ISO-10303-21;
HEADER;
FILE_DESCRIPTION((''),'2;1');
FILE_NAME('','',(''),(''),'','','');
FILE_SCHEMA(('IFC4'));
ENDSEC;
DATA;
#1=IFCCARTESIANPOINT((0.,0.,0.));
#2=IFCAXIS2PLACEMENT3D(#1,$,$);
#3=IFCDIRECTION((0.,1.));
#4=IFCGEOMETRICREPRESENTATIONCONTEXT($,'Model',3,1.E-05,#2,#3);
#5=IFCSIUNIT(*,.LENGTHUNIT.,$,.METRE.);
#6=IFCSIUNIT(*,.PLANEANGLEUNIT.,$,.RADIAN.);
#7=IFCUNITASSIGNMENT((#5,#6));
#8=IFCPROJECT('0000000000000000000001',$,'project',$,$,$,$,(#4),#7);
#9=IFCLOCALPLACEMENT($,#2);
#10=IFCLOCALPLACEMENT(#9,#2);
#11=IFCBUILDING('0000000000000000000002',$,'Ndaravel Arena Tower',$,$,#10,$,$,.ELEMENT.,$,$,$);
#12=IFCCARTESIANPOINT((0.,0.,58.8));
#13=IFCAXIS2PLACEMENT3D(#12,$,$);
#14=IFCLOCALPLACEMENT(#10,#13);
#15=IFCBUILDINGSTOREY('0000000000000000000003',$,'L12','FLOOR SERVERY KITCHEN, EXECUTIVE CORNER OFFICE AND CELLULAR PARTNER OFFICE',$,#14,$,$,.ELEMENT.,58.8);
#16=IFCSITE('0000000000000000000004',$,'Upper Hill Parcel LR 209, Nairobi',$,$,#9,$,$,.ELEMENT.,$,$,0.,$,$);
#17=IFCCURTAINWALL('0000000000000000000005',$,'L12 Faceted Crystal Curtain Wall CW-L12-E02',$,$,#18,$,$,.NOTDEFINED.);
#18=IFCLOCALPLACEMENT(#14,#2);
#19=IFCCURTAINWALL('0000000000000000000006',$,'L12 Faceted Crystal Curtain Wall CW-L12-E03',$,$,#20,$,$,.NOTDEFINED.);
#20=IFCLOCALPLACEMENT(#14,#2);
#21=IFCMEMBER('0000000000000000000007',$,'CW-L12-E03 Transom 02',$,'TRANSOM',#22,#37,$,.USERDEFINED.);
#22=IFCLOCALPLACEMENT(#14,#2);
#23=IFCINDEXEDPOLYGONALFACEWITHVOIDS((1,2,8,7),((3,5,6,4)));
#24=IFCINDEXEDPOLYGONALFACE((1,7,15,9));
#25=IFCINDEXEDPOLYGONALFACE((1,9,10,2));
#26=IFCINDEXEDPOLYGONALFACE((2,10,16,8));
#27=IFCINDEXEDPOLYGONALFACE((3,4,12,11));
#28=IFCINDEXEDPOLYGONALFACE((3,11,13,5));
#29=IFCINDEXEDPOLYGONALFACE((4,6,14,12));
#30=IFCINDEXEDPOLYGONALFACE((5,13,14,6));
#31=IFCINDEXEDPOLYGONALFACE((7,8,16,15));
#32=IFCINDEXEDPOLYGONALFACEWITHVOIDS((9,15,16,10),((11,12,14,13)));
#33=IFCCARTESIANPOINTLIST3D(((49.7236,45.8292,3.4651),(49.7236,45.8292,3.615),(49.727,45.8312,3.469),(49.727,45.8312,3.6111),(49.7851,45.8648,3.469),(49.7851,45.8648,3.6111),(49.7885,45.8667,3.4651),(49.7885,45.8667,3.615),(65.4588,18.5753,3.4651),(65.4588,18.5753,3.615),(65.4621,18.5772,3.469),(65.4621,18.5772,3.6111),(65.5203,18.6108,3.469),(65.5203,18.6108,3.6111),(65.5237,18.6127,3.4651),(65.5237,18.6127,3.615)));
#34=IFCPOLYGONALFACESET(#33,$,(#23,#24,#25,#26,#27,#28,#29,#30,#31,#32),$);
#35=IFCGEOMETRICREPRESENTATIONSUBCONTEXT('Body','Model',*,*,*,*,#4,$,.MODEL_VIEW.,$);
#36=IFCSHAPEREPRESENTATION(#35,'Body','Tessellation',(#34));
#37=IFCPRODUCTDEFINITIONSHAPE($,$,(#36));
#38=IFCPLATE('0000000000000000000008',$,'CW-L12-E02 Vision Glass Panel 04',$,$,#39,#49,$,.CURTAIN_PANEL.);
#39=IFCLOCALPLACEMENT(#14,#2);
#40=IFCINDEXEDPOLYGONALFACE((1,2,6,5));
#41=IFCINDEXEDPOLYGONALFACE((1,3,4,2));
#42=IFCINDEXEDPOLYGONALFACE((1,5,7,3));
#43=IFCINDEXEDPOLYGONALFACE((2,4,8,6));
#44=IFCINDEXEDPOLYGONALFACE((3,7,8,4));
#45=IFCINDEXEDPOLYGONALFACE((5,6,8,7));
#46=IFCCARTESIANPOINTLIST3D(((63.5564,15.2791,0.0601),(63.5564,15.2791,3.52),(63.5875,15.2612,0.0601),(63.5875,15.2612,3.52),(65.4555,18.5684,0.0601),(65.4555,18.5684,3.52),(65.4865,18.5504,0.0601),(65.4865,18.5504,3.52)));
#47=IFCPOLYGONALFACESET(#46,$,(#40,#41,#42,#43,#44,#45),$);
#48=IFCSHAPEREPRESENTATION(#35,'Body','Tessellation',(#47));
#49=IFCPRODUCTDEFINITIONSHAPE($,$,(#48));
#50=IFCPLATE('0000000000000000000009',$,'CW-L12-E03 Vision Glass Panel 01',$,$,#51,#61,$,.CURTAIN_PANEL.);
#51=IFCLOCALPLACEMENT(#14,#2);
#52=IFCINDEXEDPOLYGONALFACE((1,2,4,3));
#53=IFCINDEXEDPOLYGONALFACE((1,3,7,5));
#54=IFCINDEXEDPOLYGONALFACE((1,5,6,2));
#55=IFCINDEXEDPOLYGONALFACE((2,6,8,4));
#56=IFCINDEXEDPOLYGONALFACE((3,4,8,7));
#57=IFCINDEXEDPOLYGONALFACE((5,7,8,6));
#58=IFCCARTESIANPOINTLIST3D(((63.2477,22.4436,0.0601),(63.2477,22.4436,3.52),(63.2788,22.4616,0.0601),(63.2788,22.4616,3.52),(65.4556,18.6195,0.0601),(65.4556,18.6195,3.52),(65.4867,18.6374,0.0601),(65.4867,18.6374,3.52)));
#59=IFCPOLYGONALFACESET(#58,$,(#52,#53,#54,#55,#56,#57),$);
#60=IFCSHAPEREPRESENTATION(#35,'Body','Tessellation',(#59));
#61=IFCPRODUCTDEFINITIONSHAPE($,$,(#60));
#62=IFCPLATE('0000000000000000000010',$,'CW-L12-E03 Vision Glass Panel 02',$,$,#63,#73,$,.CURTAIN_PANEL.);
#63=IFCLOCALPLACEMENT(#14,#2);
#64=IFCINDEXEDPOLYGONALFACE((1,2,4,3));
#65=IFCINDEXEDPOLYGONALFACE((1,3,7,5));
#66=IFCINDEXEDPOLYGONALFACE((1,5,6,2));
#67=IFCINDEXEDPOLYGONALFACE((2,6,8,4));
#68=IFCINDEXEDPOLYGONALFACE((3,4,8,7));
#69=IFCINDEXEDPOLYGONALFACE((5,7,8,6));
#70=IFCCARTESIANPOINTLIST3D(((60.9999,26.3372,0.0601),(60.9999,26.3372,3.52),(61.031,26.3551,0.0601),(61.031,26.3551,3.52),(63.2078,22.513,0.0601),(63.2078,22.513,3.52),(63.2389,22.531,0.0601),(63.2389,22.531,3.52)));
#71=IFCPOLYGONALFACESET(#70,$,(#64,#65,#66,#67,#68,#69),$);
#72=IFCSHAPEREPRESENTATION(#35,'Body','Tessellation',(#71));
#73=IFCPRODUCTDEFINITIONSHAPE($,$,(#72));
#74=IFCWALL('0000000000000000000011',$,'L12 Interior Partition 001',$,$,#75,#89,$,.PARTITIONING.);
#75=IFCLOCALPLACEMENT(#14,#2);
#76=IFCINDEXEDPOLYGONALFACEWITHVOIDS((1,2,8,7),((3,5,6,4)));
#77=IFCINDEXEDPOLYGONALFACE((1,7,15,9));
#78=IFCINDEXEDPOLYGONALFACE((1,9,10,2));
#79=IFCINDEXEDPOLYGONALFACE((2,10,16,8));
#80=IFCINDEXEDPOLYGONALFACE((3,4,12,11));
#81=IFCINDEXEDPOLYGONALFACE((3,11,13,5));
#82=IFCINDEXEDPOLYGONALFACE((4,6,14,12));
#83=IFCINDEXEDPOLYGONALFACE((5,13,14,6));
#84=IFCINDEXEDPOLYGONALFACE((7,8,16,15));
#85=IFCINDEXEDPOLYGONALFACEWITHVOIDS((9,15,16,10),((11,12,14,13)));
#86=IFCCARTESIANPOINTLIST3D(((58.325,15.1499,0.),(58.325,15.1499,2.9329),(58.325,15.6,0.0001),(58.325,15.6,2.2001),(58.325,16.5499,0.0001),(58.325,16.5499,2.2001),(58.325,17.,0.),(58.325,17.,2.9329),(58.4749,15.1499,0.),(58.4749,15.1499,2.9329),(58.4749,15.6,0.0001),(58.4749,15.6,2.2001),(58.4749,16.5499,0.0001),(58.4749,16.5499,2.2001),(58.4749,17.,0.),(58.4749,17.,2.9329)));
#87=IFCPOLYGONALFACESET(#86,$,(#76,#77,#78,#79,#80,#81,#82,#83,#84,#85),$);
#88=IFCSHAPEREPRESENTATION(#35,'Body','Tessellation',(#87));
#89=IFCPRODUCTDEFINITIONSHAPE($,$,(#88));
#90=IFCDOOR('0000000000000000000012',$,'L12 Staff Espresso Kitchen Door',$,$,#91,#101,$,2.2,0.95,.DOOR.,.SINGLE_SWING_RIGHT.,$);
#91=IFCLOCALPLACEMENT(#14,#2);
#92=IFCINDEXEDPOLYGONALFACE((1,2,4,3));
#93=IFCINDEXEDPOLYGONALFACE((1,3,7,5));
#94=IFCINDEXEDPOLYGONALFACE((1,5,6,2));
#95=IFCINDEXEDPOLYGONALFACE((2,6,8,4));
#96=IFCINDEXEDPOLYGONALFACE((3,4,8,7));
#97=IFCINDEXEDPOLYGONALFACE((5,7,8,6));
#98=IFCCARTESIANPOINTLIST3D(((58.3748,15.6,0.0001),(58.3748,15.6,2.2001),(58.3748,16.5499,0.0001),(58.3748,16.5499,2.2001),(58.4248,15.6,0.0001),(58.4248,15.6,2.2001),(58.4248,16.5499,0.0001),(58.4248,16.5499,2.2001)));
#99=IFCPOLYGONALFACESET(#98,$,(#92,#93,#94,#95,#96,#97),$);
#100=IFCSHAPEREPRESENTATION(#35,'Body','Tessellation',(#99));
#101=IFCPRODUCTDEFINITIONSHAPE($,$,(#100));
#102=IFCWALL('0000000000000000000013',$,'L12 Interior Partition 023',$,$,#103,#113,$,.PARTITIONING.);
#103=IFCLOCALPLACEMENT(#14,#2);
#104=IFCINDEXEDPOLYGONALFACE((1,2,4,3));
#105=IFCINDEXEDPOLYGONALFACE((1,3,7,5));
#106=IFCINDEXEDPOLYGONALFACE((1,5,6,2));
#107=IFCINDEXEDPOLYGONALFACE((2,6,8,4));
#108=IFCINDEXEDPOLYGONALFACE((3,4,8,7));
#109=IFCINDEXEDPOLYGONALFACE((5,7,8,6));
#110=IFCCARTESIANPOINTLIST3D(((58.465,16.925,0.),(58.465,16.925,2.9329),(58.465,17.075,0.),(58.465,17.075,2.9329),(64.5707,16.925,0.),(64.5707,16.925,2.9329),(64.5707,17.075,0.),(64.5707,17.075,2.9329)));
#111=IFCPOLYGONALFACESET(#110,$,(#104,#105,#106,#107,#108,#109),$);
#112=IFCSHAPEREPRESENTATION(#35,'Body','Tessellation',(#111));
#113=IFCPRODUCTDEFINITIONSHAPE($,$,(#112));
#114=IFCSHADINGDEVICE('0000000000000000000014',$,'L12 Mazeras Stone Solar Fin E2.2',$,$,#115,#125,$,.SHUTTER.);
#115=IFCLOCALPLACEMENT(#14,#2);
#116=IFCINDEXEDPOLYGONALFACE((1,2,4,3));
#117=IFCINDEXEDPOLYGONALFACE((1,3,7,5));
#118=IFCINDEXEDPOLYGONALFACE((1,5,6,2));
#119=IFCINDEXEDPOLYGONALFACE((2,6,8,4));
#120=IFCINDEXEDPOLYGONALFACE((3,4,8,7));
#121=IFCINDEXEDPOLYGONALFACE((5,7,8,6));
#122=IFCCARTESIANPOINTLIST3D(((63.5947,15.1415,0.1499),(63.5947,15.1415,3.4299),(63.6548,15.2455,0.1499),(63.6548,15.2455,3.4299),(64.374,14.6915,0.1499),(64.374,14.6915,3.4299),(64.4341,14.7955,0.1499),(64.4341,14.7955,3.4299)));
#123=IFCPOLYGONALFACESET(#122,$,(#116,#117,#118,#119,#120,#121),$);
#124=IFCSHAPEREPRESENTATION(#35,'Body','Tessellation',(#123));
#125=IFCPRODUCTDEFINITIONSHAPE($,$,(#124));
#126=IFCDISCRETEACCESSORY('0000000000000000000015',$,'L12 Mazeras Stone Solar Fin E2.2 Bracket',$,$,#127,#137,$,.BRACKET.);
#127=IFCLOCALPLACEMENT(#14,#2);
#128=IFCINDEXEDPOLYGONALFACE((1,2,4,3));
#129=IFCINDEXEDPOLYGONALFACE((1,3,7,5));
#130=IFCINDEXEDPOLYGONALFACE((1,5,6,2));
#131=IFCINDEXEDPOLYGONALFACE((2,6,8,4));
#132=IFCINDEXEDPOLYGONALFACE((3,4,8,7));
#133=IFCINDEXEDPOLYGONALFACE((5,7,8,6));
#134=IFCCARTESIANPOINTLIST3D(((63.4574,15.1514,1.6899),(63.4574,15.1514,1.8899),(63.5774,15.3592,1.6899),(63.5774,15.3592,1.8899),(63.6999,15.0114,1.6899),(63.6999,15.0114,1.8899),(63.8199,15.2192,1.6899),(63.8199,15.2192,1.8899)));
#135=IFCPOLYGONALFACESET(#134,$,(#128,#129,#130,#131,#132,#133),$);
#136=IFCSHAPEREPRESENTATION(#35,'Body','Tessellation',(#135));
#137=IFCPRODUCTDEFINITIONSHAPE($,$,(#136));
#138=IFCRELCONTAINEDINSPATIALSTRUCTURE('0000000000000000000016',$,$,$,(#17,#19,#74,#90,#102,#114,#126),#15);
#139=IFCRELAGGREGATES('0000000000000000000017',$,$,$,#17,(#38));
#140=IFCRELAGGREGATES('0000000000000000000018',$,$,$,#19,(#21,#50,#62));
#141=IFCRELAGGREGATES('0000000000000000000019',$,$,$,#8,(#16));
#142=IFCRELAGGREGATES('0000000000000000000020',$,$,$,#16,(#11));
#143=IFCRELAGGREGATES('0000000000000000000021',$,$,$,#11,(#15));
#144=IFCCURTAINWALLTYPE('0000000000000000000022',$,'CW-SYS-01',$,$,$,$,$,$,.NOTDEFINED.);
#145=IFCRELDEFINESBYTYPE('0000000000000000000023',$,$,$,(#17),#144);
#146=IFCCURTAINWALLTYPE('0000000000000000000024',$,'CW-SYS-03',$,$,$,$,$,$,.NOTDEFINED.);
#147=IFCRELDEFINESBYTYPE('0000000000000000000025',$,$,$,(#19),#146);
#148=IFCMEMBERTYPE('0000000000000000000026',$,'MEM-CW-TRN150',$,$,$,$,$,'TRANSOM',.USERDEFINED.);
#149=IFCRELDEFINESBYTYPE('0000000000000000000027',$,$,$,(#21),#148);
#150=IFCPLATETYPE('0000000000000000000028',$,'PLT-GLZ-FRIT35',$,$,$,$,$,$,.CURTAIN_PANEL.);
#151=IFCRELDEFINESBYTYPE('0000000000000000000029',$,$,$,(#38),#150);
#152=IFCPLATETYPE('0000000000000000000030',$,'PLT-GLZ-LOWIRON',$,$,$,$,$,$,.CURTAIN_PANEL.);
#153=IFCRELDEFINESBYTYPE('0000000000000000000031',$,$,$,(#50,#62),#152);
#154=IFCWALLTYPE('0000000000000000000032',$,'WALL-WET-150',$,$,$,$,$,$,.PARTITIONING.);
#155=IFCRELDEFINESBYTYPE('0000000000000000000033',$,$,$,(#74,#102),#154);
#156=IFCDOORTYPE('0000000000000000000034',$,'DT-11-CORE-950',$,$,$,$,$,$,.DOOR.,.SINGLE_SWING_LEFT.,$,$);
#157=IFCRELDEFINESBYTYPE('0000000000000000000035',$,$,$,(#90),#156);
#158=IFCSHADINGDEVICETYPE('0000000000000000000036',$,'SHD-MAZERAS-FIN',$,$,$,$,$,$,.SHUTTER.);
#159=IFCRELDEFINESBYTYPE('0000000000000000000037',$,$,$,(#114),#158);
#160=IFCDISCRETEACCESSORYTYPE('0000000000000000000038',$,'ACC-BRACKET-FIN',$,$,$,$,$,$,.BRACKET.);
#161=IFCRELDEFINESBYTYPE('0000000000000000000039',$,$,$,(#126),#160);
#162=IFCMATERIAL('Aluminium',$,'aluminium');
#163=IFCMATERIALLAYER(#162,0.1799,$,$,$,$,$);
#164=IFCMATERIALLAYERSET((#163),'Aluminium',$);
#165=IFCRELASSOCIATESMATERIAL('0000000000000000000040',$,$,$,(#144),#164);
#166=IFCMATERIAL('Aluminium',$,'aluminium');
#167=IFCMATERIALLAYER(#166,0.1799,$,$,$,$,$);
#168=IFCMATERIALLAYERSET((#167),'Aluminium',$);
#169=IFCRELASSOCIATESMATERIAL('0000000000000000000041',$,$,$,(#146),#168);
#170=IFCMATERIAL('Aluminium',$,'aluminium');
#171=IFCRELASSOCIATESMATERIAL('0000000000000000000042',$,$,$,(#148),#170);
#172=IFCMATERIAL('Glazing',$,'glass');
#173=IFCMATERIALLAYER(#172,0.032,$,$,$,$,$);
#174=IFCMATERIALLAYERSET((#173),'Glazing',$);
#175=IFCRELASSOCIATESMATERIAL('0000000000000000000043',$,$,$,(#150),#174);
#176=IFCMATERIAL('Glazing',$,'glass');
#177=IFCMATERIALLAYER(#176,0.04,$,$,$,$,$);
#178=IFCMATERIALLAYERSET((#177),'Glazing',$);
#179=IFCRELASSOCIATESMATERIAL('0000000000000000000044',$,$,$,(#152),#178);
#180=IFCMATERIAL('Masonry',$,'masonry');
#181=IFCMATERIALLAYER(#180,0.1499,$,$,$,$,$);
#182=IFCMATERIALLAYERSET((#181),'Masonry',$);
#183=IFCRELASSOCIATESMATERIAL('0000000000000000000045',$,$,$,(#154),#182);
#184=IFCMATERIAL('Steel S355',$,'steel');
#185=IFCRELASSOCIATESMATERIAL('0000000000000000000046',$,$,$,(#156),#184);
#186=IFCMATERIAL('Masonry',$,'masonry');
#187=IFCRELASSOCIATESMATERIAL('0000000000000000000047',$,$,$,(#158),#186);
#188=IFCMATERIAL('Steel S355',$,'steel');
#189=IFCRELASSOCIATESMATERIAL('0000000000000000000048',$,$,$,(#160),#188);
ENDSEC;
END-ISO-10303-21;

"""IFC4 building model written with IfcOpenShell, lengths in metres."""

from ifc_helpers import new_model, si_unit, direction, frame, frame_2d, origin, origin_2d, place, context, subcontext, project, spatial, rectangle, hollow_rectangle, extrude, material, layer, layer_set, material_profile, profile_set, type_object, element, fill, aggregate, save


model = new_model("IFC4")

# Units and contexts
model_context = context("Model", 3, precision=1e-05, world=origin(), true_north=direction((0.0, 1.0)))
body_context = subcontext(model_context, "Body", "Model", "MODEL_VIEW")
ifc_project = project(units=[si_unit("LENGTHUNIT", "METRE"), si_unit("PLANEANGLEUNIT", "RADIAN")], contexts=[model_context])

# Site, building, storey
site_placement = place(None, origin())
site = spatial("IfcSite", under=ifc_project, at=site_placement, Name="Upper Hill Parcel LR 209, Nairobi", CompositionType="ELEMENT", RefElevation=0.0)
building_placement = place(site_placement, origin())
building = spatial("IfcBuilding", under=site, at=building_placement, Name="Ndaravel Arena Tower", CompositionType="ELEMENT")
storey_placement = place(building_placement, frame((0.0, 0.0, 58.8)))
storey = spatial("IfcBuildingStorey", under=building, at=storey_placement, Name="L12", Description="FLOOR SERVERY KITCHEN, EXECUTIVE CORNER OFFICE AND CELLULAR PARTNER OFFICE", CompositionType="ELEMENT", Elevation=58.8)

# Curtain wall
ifc_material_1 = material(Name="Aluminium", Category="aluminium")
ifc_layer_1 = layer(ifc_material_1, 0.1799)
ifc_layer_set_1 = layer_set([ifc_layer_1], Name="Aluminium")
curtain_wall_type_1 = type_object("IfcCurtainWallType", Name="CW-SYS-01", PredefinedType="NOTDEFINED", material=ifc_layer_set_1)
curtain_wall_1_placement = place(storey_placement, origin())
curtain_wall_1 = element("IfcCurtainWall", 1, at=curtain_wall_1_placement, inside=storey, type_object=curtain_wall_type_1, Name="L12 Faceted Crystal Curtain Wall CW-L12-E02", PredefinedType="NOTDEFINED")

# Curtain wall, member
ifc_material_2 = material(Name="Aluminium", Category="aluminium")
ifc_layer_2 = layer(ifc_material_2, 0.1799)
ifc_layer_set_2 = layer_set([ifc_layer_2], Name="Aluminium")
curtain_wall_type_2 = type_object("IfcCurtainWallType", Name="CW-SYS-03", PredefinedType="NOTDEFINED", material=ifc_layer_set_2)
curtain_wall_2_placement = place(storey_placement, origin())
curtain_wall_2 = element("IfcCurtainWall", 2, at=curtain_wall_2_placement, inside=storey, type_object=curtain_wall_type_2, Name="L12 Faceted Crystal Curtain Wall CW-L12-E03", PredefinedType="NOTDEFINED")
ifc_material_3 = material(Name="Aluminium", Category="aluminium")
ifc_material_profile_1 = material_profile(ifc_material_3, hollow_rectangle(XDim=0.075, YDim=0.1499, WallThickness=0.0039, at=origin_2d()), Name="CW TRANSOM 75x150x4")
ifc_profile_set_1 = profile_set([ifc_material_profile_1], Name="Aluminium")
member_type_1 = type_object("IfcMemberType", Name="MEM-CW-TRN150", ElementType="TRANSOM", PredefinedType="USERDEFINED", material=ifc_profile_set_1)
member_1_placement = place(storey_placement, frame((65.4912, 18.594, 3.54), z_axis=(-0.500001, 0.866025, 0.0), x_axis=(-0.866025, -0.500001, 0.0)))
member_1 = element("IfcMember", 3, at=member_1_placement, type_object=member_type_1, Name="CW-L12-E03 Transom 02", ObjectType="TRANSOM", PredefinedType="USERDEFINED", context=body_context, shape_type="SweptSolid", body=[
    extrude(hollow_rectangle(XDim=0.075, YDim=0.1499, WallThickness=0.0039, at=origin_2d()), origin(), (0.0, 0.0, 1.0), 31.4702),
])

# Plates
ifc_material_4 = material(Name="Glazing", Category="glass")
ifc_layer_3 = layer(ifc_material_4, 0.032)
ifc_layer_set_3 = layer_set([ifc_layer_3], Name="Glazing")
plate_type_1 = type_object("IfcPlateType", Name="PLT-GLZ-FRIT35", PredefinedType="CURTAIN_PANEL", material=ifc_layer_set_3)
plate_1_placement = place(storey_placement, frame((64.5215, 16.9148, 0.0601), z_axis=(0.0, 0.0, 1.0), x_axis=(0.5, 0.866025, 0.0)))
plate_1 = element("IfcPlate", 4, at=plate_1_placement, type_object=plate_type_1, Name="CW-L12-E02 Vision Glass Panel 04", PredefinedType="CURTAIN_PANEL", context=body_context, shape_type="SweptSolid", body=[
    extrude(rectangle(XDim=3.7981, YDim=0.0359, at=origin_2d()), origin(), (0.0, 0.0, 1.0), 3.46),
])
aggregate(curtain_wall_1, [plate_1])
ifc_material_5 = material(Name="Glazing", Category="glass")
ifc_layer_4 = layer(ifc_material_5, 0.04)
ifc_layer_set_4 = layer_set([ifc_layer_4], Name="Glazing")
plate_type_2 = type_object("IfcPlateType", Name="PLT-GLZ-LOWIRON", PredefinedType="CURTAIN_PANEL", material=ifc_layer_set_4)
plate_2_placement = place(storey_placement, frame((64.3672, 20.5405, 0.0601), z_axis=(0.0, 0.0, 1.0), x_axis=(-0.5, 0.866025, 0.0)))
plate_2 = element("IfcPlate", 5, at=plate_2_placement, type_object=plate_type_2, Name="CW-L12-E03 Vision Glass Panel 01", PredefinedType="CURTAIN_PANEL", context=body_context, shape_type="SweptSolid", body=[
    extrude(rectangle(XDim=4.4158, YDim=0.0359, at=origin_2d()), origin(), (0.0, 0.0, 1.0), 3.46),
])
plate_3_placement = place(storey_placement, frame((62.1194, 24.4341, 0.0601), z_axis=(0.0, 0.0, 1.0), x_axis=(-0.5, 0.866025, 0.0)))
plate_3 = element("IfcPlate", 6, at=plate_3_placement, type_object=plate_type_2, Name="CW-L12-E03 Vision Glass Panel 02", PredefinedType="CURTAIN_PANEL", context=body_context, shape_type="SweptSolid", body=[
    extrude(rectangle(XDim=4.4158, YDim=0.0359, at=origin_2d()), origin(), (0.0, 0.0, 1.0), 3.46),
])
aggregate(curtain_wall_2, [member_1, plate_2, plate_3])

# Wall, opening, door
ifc_material_6 = material(Name="Masonry", Category="masonry")
ifc_layer_5 = layer(ifc_material_6, 0.1499)
ifc_layer_set_5 = layer_set([ifc_layer_5], Name="Masonry")
wall_type = type_object("IfcWallType", Name="WALL-WET-150", PredefinedType="PARTITIONING", material=ifc_layer_set_5)
wall_1_placement = place(storey_placement, frame((58.3999, 17.0, 0.0), z_axis=(0.0, 0.0, 1.0), x_axis=(0.0, -1.0, 0.0)))
wall_1 = element("IfcWall", 7, at=wall_1_placement, inside=storey, type_object=wall_type, Name="L12 Interior Partition 001", PredefinedType="PARTITIONING", context=body_context, shape_type="SweptSolid", body=[
    extrude(rectangle(XDim=1.8501, YDim=0.1499, at=frame_2d((0.925, 0.0))), origin(), (0.0, 0.0, 1.0), 2.9329),
])
opening_placement = place(wall_1_placement, frame((0.45, 0.0, 0.0)))
opening = element("IfcOpeningElement", 8, at=opening_placement, cuts=wall_1, PredefinedType="OPENING", context=body_context, shape_type="SweptSolid", body=[
    extrude(rectangle(XDim=0.95, YDim=2.2, at=frame_2d((0.4751, 1.1001))), frame((0.0, 0.075, 0.0), z_axis=(0.0, -1.0, 0.0), x_axis=(1.0, 0.0, 0.0)), (0.0, 0.0, 1.0), 0.1499),
])
ifc_material_7 = material(Name="Steel S355", Category="steel")
door_type = type_object("IfcDoorType", Name="DT-11-CORE-950", OperationType="SINGLE_SWING_LEFT", PredefinedType="DOOR", material=ifc_material_7)
door_placement = place(opening_placement, origin())
door = element("IfcDoor", 9, at=door_placement, inside=storey, type_object=door_type, Name="L12 Staff Espresso Kitchen Door", OperationType="SINGLE_SWING_RIGHT", OverallHeight=2.2, OverallWidth=0.95, PredefinedType="DOOR", context=body_context, shape_type="SweptSolid", body=[
    extrude(rectangle(XDim=0.95, YDim=2.2, at=frame_2d((0.4751, 1.1001))), frame((0.0, 0.0249, 0.0), z_axis=(0.0, -1.0, 0.0), x_axis=(1.0, 0.0, 0.0)), (0.0, 0.0, 1.0), 0.05),
])
fill(opening, door)

# Wall
wall_2_placement = place(storey_placement, frame((58.4651, 17.0, 0.0), z_axis=(0.0, 0.0, 1.0), x_axis=(1.0, 0.0, 0.0)))
element("IfcWall", 10, at=wall_2_placement, inside=storey, type_object=wall_type, Name="L12 Interior Partition 023", PredefinedType="PARTITIONING", context=body_context, shape_type="SweptSolid", body=[
    extrude(rectangle(XDim=6.1057, YDim=0.1499, at=frame_2d((3.0527, 0.0))), origin(), (0.0, 0.0, 1.0), 2.9329),
])

# Shading device
ifc_material_8 = material(Name="Masonry", Category="masonry")
shading_device_type = type_object("IfcShadingDeviceType", Name="SHD-MAZERAS-FIN", PredefinedType="SHUTTER", material=ifc_material_8)
shading_device_placement = place(storey_placement, frame((64.0144, 14.9685, 0.1499), z_axis=(0.0, 0.0, 1.0), x_axis=(0.866025, -0.5, 0.0)))
element("IfcShadingDevice", 11, at=shading_device_placement, inside=storey, type_object=shading_device_type, Name="L12 Mazeras Stone Solar Fin E2.2", PredefinedType="SHUTTER", context=body_context, shape_type="SweptSolid", body=[
    extrude(rectangle(XDim=0.8999, YDim=0.1201, at=origin_2d()), origin(), (0.0, 0.0, 1.0), 3.28),
])

# Discrete accessory
ifc_material_9 = material(Name="Steel S355", Category="steel")
discrete_accessory_type = type_object("IfcDiscreteAccessoryType", Name="ACC-BRACKET-FIN", PredefinedType="BRACKET", material=ifc_material_9)
discrete_accessory_placement = place(storey_placement, frame((63.6387, 15.1853, 1.6899), z_axis=(0.0, 0.0, 1.0), x_axis=(0.866025, -0.5, 0.0)))
element("IfcDiscreteAccessory", 12, at=discrete_accessory_placement, inside=storey, type_object=discrete_accessory_type, Name="L12 Mazeras Stone Solar Fin E2.2 Bracket", PredefinedType="BRACKET", context=body_context, shape_type="SweptSolid", body=[
    extrude(rectangle(XDim=0.28, YDim=0.24, at=origin_2d()), origin(), (0.0, 0.0, 1.0), 0.2),
])

save(model, "model.ifc")
